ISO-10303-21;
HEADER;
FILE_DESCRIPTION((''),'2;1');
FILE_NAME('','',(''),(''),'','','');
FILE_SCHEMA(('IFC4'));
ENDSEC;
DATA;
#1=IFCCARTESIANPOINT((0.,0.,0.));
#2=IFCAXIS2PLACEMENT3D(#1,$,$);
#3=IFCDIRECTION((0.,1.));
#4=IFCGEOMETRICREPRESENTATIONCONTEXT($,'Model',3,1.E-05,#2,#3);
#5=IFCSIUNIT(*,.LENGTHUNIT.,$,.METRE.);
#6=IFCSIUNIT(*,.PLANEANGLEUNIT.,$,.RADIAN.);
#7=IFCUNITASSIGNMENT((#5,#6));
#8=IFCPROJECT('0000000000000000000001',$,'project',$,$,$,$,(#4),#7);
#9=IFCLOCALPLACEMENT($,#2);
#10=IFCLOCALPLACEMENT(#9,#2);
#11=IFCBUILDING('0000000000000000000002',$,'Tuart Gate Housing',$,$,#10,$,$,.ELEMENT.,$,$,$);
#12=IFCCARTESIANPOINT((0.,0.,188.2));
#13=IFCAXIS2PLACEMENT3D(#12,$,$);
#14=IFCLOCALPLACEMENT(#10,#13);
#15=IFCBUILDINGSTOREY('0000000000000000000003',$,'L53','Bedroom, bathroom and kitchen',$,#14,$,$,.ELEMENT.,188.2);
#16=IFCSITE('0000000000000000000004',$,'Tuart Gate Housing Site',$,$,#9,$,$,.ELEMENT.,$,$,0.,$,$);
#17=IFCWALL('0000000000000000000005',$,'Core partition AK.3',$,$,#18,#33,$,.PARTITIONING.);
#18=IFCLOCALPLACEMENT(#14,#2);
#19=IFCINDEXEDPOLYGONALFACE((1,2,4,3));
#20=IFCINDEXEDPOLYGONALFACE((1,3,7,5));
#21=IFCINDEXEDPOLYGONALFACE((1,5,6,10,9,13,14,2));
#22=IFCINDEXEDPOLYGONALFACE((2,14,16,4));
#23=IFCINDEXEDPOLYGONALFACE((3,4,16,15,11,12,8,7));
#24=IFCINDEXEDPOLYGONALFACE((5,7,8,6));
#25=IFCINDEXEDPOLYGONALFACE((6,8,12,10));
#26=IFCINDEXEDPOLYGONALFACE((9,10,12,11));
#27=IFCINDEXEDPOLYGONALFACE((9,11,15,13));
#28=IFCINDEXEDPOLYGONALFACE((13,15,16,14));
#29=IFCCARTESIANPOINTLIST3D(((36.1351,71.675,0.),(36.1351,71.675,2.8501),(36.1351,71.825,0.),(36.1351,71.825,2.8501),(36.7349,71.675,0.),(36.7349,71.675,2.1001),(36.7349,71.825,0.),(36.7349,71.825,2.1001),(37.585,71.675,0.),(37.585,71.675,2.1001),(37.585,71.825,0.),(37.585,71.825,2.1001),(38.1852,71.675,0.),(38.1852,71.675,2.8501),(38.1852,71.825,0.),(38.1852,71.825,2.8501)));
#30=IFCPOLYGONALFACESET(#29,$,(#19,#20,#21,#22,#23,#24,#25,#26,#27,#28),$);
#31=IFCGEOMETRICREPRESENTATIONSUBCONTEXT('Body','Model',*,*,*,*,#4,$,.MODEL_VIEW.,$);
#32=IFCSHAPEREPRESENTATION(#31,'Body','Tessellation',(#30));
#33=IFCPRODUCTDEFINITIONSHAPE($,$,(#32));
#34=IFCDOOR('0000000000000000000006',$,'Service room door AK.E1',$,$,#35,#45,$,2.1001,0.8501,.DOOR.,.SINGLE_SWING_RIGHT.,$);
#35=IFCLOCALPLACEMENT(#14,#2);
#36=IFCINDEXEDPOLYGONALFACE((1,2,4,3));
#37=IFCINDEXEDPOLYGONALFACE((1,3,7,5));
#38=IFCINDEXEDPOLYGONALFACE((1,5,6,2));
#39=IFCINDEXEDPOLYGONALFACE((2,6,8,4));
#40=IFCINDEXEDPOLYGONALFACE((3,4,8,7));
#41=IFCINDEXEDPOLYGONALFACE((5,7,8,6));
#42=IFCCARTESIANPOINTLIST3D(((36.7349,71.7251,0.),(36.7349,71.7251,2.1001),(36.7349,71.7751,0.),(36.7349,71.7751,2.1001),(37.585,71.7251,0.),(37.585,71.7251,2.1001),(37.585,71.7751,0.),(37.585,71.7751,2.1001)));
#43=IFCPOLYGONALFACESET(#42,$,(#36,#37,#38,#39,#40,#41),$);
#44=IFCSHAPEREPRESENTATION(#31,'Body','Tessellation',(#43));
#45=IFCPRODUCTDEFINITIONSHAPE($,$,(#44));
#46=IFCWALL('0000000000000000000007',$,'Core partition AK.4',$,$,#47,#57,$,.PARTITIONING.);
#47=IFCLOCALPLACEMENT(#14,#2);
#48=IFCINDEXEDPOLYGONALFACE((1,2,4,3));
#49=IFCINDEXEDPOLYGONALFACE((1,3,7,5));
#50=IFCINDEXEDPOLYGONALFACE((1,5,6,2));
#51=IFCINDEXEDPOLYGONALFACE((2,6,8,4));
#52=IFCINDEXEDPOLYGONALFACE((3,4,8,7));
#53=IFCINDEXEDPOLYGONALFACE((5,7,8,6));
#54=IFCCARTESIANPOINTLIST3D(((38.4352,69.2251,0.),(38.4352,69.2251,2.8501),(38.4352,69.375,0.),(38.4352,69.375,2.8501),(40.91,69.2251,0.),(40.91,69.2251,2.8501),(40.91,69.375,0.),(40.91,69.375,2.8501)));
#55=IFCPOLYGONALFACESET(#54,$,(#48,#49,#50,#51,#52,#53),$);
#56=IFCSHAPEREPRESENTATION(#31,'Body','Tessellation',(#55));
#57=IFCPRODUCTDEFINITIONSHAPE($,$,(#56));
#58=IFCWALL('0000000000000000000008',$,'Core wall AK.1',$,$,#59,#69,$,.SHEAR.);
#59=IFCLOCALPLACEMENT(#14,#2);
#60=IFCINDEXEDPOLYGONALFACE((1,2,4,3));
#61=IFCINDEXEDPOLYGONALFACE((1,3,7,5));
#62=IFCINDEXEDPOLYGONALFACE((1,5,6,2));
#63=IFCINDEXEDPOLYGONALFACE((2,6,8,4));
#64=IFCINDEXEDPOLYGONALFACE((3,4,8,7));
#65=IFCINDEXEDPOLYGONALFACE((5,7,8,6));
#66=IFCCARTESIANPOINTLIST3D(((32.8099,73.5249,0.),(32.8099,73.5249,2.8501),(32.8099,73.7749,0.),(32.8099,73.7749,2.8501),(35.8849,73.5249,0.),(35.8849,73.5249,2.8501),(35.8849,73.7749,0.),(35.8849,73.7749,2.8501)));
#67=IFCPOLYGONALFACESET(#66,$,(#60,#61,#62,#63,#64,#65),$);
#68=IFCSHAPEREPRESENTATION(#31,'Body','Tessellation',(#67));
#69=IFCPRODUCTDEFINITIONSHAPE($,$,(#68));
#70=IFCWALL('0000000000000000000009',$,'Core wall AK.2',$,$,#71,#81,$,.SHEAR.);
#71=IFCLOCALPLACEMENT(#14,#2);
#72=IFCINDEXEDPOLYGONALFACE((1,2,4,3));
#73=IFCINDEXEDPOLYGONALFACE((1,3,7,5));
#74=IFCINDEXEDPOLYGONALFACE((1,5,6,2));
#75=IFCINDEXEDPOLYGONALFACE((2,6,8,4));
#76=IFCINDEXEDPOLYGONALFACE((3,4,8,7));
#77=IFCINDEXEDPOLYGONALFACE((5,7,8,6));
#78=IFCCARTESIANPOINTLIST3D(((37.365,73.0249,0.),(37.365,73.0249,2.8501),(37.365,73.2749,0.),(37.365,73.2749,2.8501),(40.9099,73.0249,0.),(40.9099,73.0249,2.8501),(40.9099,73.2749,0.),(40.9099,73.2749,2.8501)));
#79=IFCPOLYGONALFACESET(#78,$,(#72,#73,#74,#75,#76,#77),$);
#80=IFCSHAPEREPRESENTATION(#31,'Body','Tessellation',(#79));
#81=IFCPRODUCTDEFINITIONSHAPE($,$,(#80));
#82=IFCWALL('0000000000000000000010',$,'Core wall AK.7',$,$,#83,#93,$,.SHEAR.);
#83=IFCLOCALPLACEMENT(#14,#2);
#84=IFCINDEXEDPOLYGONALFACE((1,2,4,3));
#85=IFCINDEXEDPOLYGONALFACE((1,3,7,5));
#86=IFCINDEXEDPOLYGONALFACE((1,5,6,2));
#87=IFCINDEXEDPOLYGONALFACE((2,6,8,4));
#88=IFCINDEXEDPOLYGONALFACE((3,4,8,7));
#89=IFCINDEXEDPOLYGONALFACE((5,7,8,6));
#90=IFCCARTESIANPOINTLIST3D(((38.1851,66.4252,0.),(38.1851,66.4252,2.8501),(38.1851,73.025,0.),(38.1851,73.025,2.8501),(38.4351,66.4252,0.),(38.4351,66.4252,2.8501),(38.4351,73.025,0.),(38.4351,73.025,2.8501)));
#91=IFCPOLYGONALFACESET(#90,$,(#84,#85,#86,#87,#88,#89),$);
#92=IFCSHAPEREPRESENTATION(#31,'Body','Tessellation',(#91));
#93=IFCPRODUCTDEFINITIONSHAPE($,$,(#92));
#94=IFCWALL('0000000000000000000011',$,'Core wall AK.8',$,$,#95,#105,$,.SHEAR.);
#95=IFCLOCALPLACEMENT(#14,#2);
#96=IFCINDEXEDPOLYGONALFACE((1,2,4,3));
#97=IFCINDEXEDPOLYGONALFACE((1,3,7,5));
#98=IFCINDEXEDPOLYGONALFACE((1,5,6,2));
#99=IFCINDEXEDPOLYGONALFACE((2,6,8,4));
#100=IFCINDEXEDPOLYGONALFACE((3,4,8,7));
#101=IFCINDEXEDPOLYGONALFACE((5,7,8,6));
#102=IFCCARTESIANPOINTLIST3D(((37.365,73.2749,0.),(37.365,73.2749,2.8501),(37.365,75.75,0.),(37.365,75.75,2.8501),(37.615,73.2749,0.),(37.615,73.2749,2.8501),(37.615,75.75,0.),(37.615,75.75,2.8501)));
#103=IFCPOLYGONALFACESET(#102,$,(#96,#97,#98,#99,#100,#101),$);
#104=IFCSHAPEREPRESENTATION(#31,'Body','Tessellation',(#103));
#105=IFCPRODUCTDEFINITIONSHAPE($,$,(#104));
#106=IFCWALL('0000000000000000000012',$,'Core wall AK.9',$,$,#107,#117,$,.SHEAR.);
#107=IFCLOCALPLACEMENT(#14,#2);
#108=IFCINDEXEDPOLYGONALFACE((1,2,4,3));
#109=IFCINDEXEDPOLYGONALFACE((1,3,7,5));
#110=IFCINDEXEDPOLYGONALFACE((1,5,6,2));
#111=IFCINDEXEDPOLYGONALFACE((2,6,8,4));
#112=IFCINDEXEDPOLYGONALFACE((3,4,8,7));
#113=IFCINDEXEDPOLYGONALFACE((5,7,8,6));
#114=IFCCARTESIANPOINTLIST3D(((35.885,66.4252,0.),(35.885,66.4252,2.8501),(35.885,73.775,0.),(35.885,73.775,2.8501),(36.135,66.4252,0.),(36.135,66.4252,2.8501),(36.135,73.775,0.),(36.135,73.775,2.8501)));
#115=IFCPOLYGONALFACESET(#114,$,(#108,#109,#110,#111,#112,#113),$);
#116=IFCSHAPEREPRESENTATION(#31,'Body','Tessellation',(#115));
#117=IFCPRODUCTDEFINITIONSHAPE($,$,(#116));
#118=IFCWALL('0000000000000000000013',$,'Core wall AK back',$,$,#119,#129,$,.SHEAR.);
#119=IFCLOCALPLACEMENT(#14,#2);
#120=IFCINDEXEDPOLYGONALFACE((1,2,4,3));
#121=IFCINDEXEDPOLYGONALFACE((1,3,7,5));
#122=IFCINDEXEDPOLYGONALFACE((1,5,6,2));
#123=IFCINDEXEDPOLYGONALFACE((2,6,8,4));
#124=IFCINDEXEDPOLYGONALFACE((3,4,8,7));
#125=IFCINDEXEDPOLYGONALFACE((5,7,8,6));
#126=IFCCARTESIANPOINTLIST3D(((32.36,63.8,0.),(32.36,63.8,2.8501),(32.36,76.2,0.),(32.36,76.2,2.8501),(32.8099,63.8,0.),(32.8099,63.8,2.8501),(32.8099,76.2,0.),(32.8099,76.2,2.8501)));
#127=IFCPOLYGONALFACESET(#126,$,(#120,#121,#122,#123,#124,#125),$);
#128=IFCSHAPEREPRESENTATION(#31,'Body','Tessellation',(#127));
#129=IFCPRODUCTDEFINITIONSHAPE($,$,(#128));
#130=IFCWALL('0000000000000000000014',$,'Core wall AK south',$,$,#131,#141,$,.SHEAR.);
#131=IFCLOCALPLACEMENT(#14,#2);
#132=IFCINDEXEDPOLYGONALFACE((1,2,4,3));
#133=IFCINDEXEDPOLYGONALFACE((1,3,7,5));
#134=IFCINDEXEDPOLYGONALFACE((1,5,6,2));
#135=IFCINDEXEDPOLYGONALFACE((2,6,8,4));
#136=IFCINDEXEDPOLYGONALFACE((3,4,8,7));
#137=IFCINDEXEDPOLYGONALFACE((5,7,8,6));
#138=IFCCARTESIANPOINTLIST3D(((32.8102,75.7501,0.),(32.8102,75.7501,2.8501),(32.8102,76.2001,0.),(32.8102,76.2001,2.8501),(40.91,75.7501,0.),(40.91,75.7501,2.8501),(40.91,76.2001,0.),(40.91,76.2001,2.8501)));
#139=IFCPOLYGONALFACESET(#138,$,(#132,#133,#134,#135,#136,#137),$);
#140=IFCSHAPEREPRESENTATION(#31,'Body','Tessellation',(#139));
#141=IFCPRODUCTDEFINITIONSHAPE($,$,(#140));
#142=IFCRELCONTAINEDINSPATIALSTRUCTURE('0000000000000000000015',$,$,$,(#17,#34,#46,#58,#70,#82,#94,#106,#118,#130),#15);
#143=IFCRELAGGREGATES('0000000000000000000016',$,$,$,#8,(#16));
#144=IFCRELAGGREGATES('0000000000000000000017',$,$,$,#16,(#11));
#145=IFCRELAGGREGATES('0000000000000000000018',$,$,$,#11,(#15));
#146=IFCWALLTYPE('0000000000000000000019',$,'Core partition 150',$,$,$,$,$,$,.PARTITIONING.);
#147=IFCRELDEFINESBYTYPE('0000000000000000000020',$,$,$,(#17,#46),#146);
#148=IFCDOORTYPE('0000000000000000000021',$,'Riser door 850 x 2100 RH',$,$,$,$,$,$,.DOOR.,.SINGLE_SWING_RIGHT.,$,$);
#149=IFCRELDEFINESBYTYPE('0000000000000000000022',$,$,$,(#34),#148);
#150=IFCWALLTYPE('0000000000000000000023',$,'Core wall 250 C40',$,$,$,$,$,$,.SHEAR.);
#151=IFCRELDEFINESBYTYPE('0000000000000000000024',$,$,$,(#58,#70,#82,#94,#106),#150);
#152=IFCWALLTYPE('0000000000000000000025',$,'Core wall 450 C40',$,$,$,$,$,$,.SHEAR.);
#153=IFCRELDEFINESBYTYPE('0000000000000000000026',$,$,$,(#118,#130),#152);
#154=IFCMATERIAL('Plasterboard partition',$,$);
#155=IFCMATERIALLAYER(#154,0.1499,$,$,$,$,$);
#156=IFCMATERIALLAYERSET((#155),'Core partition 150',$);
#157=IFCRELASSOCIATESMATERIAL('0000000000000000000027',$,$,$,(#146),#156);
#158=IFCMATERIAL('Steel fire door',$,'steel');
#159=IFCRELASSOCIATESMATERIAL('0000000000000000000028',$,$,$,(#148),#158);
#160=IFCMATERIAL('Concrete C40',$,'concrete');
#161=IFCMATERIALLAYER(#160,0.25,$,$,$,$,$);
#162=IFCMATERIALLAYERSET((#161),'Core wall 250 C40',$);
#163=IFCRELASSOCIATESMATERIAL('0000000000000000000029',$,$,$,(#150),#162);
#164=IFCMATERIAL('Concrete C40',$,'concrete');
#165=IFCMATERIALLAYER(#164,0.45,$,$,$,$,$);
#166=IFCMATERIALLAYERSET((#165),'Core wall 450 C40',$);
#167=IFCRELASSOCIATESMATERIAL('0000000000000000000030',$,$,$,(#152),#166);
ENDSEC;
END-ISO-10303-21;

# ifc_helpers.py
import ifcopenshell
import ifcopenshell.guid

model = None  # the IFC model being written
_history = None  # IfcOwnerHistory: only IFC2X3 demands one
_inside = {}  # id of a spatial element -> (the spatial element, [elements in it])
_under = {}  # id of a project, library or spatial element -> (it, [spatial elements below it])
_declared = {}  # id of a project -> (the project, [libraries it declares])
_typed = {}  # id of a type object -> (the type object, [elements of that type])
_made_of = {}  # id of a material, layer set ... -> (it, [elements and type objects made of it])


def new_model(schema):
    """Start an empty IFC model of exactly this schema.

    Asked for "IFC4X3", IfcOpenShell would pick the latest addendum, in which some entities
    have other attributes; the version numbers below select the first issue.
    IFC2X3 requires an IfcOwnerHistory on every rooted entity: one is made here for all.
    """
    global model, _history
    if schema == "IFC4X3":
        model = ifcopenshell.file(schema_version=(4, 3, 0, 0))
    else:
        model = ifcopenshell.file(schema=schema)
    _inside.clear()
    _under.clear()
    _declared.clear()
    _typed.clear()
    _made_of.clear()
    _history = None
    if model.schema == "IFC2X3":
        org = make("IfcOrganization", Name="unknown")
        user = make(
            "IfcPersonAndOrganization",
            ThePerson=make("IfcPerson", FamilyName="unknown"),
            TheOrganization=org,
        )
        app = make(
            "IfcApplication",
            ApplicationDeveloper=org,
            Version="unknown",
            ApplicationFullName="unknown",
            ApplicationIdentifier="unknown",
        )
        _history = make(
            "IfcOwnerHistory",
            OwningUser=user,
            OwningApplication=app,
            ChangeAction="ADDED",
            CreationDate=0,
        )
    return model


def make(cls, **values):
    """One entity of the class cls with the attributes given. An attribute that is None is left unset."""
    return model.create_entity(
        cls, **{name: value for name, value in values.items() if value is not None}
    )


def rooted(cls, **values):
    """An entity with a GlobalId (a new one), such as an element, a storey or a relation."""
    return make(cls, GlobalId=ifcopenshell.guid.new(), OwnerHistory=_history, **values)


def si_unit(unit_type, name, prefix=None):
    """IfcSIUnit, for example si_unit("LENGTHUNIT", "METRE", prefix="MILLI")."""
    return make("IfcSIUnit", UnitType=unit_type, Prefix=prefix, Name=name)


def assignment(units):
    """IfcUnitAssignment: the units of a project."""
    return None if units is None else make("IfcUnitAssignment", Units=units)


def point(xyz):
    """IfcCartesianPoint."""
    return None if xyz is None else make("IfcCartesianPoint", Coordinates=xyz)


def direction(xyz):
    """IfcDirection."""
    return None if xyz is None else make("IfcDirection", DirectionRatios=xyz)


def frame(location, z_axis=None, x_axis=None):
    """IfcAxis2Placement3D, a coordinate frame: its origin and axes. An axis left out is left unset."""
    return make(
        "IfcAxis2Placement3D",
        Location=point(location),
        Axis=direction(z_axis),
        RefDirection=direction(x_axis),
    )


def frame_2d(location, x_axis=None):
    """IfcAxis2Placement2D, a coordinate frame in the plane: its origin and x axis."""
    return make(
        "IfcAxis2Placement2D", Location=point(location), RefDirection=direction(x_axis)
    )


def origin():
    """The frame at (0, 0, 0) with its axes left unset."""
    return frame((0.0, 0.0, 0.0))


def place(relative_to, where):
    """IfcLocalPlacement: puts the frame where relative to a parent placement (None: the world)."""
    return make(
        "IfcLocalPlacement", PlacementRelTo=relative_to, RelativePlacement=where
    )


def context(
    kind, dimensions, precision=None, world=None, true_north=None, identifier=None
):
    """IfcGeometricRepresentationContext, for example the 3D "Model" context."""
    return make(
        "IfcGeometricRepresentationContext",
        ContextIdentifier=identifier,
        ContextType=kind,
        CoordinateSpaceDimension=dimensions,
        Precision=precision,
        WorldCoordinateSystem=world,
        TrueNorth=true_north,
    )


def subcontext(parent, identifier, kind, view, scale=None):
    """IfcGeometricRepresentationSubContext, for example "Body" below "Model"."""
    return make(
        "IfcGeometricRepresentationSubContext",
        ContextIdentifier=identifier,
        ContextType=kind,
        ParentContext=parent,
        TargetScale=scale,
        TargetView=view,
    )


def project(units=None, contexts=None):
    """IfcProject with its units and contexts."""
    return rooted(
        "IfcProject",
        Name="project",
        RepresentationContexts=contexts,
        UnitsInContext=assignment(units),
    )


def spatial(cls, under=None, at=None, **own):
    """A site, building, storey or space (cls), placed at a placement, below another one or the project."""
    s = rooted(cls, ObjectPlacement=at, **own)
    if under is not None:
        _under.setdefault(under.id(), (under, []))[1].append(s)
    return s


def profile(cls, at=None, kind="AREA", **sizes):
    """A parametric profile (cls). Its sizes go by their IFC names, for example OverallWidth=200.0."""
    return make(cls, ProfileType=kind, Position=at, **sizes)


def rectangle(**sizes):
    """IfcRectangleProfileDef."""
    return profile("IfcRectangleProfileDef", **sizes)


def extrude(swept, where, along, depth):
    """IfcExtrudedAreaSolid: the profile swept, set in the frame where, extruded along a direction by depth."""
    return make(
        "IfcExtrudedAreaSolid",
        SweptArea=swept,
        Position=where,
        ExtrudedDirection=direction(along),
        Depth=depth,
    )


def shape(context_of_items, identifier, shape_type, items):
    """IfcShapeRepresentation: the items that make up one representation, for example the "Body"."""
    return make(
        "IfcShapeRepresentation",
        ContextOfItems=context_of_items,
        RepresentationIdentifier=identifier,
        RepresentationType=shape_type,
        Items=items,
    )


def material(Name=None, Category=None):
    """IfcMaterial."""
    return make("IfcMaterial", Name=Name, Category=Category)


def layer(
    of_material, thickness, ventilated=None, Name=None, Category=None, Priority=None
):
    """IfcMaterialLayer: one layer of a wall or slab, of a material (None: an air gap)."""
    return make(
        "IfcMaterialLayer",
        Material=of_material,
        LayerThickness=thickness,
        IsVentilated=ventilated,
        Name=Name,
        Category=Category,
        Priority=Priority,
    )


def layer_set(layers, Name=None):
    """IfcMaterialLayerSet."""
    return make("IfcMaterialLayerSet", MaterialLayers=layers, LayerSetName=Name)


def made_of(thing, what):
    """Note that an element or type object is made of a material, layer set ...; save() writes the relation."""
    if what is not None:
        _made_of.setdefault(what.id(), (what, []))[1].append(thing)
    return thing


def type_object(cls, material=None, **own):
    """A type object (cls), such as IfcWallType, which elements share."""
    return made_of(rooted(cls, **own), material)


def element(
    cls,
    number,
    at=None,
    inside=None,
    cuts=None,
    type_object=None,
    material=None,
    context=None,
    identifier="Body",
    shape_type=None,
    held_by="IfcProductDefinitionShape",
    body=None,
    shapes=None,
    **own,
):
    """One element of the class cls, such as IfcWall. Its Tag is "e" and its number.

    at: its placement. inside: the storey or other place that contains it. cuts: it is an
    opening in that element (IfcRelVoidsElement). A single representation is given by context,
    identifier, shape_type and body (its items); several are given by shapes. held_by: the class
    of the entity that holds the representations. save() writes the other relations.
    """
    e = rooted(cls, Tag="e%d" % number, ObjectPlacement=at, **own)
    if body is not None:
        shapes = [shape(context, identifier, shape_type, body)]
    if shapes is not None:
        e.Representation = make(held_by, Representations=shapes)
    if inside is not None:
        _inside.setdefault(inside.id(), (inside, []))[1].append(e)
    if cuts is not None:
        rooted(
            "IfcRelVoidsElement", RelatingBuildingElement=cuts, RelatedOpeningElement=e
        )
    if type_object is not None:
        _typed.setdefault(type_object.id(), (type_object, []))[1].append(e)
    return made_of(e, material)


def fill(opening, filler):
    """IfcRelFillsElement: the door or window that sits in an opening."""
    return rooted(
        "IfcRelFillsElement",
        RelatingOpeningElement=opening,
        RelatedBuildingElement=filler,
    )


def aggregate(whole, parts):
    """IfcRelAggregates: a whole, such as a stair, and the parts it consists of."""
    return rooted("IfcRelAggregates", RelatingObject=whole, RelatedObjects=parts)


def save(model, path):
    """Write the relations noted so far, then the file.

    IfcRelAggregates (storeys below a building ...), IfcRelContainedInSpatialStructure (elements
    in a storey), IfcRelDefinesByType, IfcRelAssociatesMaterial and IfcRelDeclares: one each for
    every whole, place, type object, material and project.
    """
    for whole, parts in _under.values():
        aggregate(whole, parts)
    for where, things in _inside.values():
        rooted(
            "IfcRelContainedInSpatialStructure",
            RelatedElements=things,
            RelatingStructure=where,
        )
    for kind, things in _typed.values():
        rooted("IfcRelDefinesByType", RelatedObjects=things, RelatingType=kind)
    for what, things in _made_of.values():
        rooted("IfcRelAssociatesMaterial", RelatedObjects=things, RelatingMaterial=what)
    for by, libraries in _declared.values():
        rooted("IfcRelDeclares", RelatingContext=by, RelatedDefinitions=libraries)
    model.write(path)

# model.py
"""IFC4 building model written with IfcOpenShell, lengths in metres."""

from ifc_helpers import new_model, si_unit, direction, frame, frame_2d, origin, place, context, subcontext, project, spatial, rectangle, extrude, material, layer, layer_set, type_object, element, fill, save


model = new_model("IFC4")

# Units and contexts
model_context = context("Model", 3, precision=1e-05, world=origin(), true_north=direction((0.0, 1.0)))
body_context = subcontext(model_context, "Body", "Model", "MODEL_VIEW")
ifc_project = project(units=[si_unit("LENGTHUNIT", "METRE"), si_unit("PLANEANGLEUNIT", "RADIAN")], contexts=[model_context])

# Site, building, storey
site_placement = place(None, origin())
site = spatial("IfcSite", under=ifc_project, at=site_placement, Name="Tuart Gate Housing Site", CompositionType="ELEMENT", RefElevation=0.0)
building_placement = place(site_placement, origin())
building = spatial("IfcBuilding", under=site, at=building_placement, Name="Tuart Gate Housing", CompositionType="ELEMENT")
storey_placement = place(building_placement, frame((0.0, 0.0, 188.2)))
storey = spatial("IfcBuildingStorey", under=building, at=storey_placement, Name="L53", Description="Bedroom, bathroom and kitchen", CompositionType="ELEMENT", Elevation=188.2)

# Wall, opening, door
ifc_material_1 = material(Name="Plasterboard partition")
ifc_layer_1 = layer(ifc_material_1, 0.1499)
ifc_layer_set_1 = layer_set([ifc_layer_1], Name="Core partition 150")
wall_type_1 = type_object("IfcWallType", Name="Core partition 150", PredefinedType="PARTITIONING", material=ifc_layer_set_1)
wall_1_placement = place(storey_placement, frame((38.1851, 71.75, 0.0), z_axis=(0.0, 0.0, 1.0), x_axis=(-1.0, 0.0, 0.0)))
wall_1 = element("IfcWall", 1, at=wall_1_placement, inside=storey, type_object=wall_type_1, Name="Core partition AK.3", PredefinedType="PARTITIONING", context=body_context, shape_type="SweptSolid", body=[
    extrude(rectangle(XDim=2.05, YDim=0.1499, at=frame_2d((1.0249, 0.0))), origin(), (0.0, 0.0, 1.0), 2.8501),
])
opening_1_placement = place(wall_1_placement, frame((0.6001, 0.0, 0.0)))
opening_1 = element("IfcOpeningElement", 2, at=opening_1_placement, cuts=wall_1, PredefinedType="OPENING", context=body_context, shape_type="SweptSolid", body=[
    extrude(rectangle(XDim=0.8501, YDim=2.1001, at=frame_2d((0.425, 1.05))), frame((0.0, 0.085, 0.0), z_axis=(0.0, -1.0, 0.0), x_axis=(1.0, 0.0, 0.0)), (0.0, 0.0, 1.0), 0.1699),
])
ifc_material_2 = material(Name="Steel fire door", Category="steel")
door_type_1 = type_object("IfcDoorType", Name="Riser door 850 x 2100 RH", OperationType="SINGLE_SWING_RIGHT", PredefinedType="DOOR", material=ifc_material_2)
door_1_placement = place(opening_1_placement, frame((0.8501, 0.0, 0.0), z_axis=(0.0, 0.0, 1.0), x_axis=(-1.0, 0.0, 0.0)))
door_1 = element("IfcDoor", 3, at=door_1_placement, inside=storey, type_object=door_type_1, Name="Service room door AK.E1", OperationType="SINGLE_SWING_RIGHT", OverallHeight=2.1001, OverallWidth=0.8501, PredefinedType="DOOR", context=body_context, shape_type="SweptSolid", body=[
    extrude(rectangle(XDim=0.8501, YDim=2.1001, at=frame_2d((0.425, 1.05))), frame((0.0, 0.0251, 0.0), z_axis=(0.0, -1.0, 0.0), x_axis=(1.0, 0.0, 0.0)), (0.0, 0.0, 1.0), 0.05),
])
fill(opening_1, door_1)

# Walls
wall_2_placement = place(storey_placement, frame((40.9099, 69.3, 0.0), z_axis=(0.0, 0.0, 1.0), x_axis=(-1.0, 0.0, 0.0)))
element("IfcWall", 4, at=wall_2_placement, inside=storey, type_object=wall_type_1, Name="Core partition AK.4", PredefinedType="PARTITIONING", context=body_context, shape_type="SweptSolid", body=[
    extrude(rectangle(XDim=2.4749, YDim=0.1499, at=frame_2d((1.2373, 0.0))), origin(), (0.0, 0.0, 1.0), 2.8501),
])
ifc_material_3 = material(Name="Concrete C40", Category="concrete")
ifc_layer_2 = layer(ifc_material_3, 0.25)
ifc_layer_set_2 = layer_set([ifc_layer_2], Name="Core wall 250 C40")
wall_type_2 = type_object("IfcWallType", Name="Core wall 250 C40", PredefinedType="SHEAR", material=ifc_layer_set_2)
wall_3_placement = place(storey_placement, frame((35.885, 73.6499, 0.0), z_axis=(0.0, 0.0, 1.0), x_axis=(-1.0, 0.0, 0.0)))
element("IfcWall", 5, at=wall_3_placement, inside=storey, type_object=wall_type_2, Name="Core wall AK.1", PredefinedType="SHEAR", context=body_context, shape_type="SweptSolid", body=[
    extrude(rectangle(XDim=3.075, YDim=0.25, at=frame_2d((1.5376, 0.0))), origin(), (0.0, 0.0, 1.0), 2.8501),
])
wall_4_placement = place(storey_placement, frame((40.9099, 73.1499, 0.0), z_axis=(0.0, 0.0, 1.0), x_axis=(-1.0, 0.0, 0.0)))
element("IfcWall", 6, at=wall_4_placement, inside=storey, type_object=wall_type_2, Name="Core wall AK.2", PredefinedType="SHEAR", context=body_context, shape_type="SweptSolid", body=[
    extrude(rectangle(XDim=3.5449, YDim=0.25, at=frame_2d((1.7725, 0.0))), origin(), (0.0, 0.0, 1.0), 2.8501),
])
wall_5_placement = place(storey_placement, frame((38.3101, 73.0249, 0.0), z_axis=(0.0, 0.0, 1.0), x_axis=(0.0, -1.0, 0.0)))
element("IfcWall", 7, at=wall_5_placement, inside=storey, type_object=wall_type_2, Name="Core wall AK.7", PredefinedType="SHEAR", context=body_context, shape_type="SweptSolid", body=[
    extrude(rectangle(XDim=6.5999, YDim=0.25, at=frame_2d((3.2998, 0.0))), origin(), (0.0, 0.0, 1.0), 2.8501),
])
wall_6_placement = place(storey_placement, frame((37.49, 75.75, 0.0), z_axis=(0.0, 0.0, 1.0), x_axis=(0.0, -1.0, 0.0)))
element("IfcWall", 8, at=wall_6_placement, inside=storey, type_object=wall_type_2, Name="Core wall AK.8", PredefinedType="SHEAR", context=body_context, shape_type="SweptSolid", body=[
    extrude(rectangle(XDim=2.4751, YDim=0.25, at=frame_2d((1.2375, 0.0))), origin(), (0.0, 0.0, 1.0), 2.8501),
])
wall_7_placement = place(storey_placement, frame((36.01, 73.7749, 0.0), z_axis=(0.0, 0.0, 1.0), x_axis=(0.0, -1.0, 0.0)))
element("IfcWall", 9, at=wall_7_placement, inside=storey, type_object=wall_type_2, Name="Core wall AK.9", PredefinedType="SHEAR", context=body_context, shape_type="SweptSolid", body=[
    extrude(rectangle(XDim=7.3499, YDim=0.25, at=frame_2d((3.6748, 0.0))), origin(), (0.0, 0.0, 1.0), 2.8501),
])
ifc_material_4 = material(Name="Concrete C40", Category="concrete")
ifc_layer_3 = layer(ifc_material_4, 0.45)
ifc_layer_set_3 = layer_set([ifc_layer_3], Name="Core wall 450 C40")
wall_type_3 = type_object("IfcWallType", Name="Core wall 450 C40", PredefinedType="SHEAR", material=ifc_layer_set_3)
wall_8_placement = place(storey_placement, frame((32.585, 76.2, 0.0), z_axis=(0.0, 0.0, 1.0), x_axis=(0.0, -1.0, 0.0)))
element("IfcWall", 10, at=wall_8_placement, inside=storey, type_object=wall_type_3, Name="Core wall AK back", PredefinedType="SHEAR", context=body_context, shape_type="SweptSolid", body=[
    extrude(rectangle(XDim=12.3999, YDim=0.45, at=frame_2d((6.2, 0.0))), origin(), (0.0, 0.0, 1.0), 2.8501),
])
wall_9_placement = place(storey_placement, frame((40.9099, 75.9751, 0.0), z_axis=(0.0, 0.0, 1.0), x_axis=(-1.0, 0.0, 0.0)))
element("IfcWall", 11, at=wall_9_placement, inside=storey, type_object=wall_type_3, Name="Core wall AK south", PredefinedType="SHEAR", context=body_context, shape_type="SweptSolid", body=[
    extrude(rectangle(XDim=8.0999, YDim=0.45, at=frame_2d((4.0498, 0.0))), origin(), (0.0, 0.0, 1.0), 2.8501),
])

save(model, "model.ifc")
